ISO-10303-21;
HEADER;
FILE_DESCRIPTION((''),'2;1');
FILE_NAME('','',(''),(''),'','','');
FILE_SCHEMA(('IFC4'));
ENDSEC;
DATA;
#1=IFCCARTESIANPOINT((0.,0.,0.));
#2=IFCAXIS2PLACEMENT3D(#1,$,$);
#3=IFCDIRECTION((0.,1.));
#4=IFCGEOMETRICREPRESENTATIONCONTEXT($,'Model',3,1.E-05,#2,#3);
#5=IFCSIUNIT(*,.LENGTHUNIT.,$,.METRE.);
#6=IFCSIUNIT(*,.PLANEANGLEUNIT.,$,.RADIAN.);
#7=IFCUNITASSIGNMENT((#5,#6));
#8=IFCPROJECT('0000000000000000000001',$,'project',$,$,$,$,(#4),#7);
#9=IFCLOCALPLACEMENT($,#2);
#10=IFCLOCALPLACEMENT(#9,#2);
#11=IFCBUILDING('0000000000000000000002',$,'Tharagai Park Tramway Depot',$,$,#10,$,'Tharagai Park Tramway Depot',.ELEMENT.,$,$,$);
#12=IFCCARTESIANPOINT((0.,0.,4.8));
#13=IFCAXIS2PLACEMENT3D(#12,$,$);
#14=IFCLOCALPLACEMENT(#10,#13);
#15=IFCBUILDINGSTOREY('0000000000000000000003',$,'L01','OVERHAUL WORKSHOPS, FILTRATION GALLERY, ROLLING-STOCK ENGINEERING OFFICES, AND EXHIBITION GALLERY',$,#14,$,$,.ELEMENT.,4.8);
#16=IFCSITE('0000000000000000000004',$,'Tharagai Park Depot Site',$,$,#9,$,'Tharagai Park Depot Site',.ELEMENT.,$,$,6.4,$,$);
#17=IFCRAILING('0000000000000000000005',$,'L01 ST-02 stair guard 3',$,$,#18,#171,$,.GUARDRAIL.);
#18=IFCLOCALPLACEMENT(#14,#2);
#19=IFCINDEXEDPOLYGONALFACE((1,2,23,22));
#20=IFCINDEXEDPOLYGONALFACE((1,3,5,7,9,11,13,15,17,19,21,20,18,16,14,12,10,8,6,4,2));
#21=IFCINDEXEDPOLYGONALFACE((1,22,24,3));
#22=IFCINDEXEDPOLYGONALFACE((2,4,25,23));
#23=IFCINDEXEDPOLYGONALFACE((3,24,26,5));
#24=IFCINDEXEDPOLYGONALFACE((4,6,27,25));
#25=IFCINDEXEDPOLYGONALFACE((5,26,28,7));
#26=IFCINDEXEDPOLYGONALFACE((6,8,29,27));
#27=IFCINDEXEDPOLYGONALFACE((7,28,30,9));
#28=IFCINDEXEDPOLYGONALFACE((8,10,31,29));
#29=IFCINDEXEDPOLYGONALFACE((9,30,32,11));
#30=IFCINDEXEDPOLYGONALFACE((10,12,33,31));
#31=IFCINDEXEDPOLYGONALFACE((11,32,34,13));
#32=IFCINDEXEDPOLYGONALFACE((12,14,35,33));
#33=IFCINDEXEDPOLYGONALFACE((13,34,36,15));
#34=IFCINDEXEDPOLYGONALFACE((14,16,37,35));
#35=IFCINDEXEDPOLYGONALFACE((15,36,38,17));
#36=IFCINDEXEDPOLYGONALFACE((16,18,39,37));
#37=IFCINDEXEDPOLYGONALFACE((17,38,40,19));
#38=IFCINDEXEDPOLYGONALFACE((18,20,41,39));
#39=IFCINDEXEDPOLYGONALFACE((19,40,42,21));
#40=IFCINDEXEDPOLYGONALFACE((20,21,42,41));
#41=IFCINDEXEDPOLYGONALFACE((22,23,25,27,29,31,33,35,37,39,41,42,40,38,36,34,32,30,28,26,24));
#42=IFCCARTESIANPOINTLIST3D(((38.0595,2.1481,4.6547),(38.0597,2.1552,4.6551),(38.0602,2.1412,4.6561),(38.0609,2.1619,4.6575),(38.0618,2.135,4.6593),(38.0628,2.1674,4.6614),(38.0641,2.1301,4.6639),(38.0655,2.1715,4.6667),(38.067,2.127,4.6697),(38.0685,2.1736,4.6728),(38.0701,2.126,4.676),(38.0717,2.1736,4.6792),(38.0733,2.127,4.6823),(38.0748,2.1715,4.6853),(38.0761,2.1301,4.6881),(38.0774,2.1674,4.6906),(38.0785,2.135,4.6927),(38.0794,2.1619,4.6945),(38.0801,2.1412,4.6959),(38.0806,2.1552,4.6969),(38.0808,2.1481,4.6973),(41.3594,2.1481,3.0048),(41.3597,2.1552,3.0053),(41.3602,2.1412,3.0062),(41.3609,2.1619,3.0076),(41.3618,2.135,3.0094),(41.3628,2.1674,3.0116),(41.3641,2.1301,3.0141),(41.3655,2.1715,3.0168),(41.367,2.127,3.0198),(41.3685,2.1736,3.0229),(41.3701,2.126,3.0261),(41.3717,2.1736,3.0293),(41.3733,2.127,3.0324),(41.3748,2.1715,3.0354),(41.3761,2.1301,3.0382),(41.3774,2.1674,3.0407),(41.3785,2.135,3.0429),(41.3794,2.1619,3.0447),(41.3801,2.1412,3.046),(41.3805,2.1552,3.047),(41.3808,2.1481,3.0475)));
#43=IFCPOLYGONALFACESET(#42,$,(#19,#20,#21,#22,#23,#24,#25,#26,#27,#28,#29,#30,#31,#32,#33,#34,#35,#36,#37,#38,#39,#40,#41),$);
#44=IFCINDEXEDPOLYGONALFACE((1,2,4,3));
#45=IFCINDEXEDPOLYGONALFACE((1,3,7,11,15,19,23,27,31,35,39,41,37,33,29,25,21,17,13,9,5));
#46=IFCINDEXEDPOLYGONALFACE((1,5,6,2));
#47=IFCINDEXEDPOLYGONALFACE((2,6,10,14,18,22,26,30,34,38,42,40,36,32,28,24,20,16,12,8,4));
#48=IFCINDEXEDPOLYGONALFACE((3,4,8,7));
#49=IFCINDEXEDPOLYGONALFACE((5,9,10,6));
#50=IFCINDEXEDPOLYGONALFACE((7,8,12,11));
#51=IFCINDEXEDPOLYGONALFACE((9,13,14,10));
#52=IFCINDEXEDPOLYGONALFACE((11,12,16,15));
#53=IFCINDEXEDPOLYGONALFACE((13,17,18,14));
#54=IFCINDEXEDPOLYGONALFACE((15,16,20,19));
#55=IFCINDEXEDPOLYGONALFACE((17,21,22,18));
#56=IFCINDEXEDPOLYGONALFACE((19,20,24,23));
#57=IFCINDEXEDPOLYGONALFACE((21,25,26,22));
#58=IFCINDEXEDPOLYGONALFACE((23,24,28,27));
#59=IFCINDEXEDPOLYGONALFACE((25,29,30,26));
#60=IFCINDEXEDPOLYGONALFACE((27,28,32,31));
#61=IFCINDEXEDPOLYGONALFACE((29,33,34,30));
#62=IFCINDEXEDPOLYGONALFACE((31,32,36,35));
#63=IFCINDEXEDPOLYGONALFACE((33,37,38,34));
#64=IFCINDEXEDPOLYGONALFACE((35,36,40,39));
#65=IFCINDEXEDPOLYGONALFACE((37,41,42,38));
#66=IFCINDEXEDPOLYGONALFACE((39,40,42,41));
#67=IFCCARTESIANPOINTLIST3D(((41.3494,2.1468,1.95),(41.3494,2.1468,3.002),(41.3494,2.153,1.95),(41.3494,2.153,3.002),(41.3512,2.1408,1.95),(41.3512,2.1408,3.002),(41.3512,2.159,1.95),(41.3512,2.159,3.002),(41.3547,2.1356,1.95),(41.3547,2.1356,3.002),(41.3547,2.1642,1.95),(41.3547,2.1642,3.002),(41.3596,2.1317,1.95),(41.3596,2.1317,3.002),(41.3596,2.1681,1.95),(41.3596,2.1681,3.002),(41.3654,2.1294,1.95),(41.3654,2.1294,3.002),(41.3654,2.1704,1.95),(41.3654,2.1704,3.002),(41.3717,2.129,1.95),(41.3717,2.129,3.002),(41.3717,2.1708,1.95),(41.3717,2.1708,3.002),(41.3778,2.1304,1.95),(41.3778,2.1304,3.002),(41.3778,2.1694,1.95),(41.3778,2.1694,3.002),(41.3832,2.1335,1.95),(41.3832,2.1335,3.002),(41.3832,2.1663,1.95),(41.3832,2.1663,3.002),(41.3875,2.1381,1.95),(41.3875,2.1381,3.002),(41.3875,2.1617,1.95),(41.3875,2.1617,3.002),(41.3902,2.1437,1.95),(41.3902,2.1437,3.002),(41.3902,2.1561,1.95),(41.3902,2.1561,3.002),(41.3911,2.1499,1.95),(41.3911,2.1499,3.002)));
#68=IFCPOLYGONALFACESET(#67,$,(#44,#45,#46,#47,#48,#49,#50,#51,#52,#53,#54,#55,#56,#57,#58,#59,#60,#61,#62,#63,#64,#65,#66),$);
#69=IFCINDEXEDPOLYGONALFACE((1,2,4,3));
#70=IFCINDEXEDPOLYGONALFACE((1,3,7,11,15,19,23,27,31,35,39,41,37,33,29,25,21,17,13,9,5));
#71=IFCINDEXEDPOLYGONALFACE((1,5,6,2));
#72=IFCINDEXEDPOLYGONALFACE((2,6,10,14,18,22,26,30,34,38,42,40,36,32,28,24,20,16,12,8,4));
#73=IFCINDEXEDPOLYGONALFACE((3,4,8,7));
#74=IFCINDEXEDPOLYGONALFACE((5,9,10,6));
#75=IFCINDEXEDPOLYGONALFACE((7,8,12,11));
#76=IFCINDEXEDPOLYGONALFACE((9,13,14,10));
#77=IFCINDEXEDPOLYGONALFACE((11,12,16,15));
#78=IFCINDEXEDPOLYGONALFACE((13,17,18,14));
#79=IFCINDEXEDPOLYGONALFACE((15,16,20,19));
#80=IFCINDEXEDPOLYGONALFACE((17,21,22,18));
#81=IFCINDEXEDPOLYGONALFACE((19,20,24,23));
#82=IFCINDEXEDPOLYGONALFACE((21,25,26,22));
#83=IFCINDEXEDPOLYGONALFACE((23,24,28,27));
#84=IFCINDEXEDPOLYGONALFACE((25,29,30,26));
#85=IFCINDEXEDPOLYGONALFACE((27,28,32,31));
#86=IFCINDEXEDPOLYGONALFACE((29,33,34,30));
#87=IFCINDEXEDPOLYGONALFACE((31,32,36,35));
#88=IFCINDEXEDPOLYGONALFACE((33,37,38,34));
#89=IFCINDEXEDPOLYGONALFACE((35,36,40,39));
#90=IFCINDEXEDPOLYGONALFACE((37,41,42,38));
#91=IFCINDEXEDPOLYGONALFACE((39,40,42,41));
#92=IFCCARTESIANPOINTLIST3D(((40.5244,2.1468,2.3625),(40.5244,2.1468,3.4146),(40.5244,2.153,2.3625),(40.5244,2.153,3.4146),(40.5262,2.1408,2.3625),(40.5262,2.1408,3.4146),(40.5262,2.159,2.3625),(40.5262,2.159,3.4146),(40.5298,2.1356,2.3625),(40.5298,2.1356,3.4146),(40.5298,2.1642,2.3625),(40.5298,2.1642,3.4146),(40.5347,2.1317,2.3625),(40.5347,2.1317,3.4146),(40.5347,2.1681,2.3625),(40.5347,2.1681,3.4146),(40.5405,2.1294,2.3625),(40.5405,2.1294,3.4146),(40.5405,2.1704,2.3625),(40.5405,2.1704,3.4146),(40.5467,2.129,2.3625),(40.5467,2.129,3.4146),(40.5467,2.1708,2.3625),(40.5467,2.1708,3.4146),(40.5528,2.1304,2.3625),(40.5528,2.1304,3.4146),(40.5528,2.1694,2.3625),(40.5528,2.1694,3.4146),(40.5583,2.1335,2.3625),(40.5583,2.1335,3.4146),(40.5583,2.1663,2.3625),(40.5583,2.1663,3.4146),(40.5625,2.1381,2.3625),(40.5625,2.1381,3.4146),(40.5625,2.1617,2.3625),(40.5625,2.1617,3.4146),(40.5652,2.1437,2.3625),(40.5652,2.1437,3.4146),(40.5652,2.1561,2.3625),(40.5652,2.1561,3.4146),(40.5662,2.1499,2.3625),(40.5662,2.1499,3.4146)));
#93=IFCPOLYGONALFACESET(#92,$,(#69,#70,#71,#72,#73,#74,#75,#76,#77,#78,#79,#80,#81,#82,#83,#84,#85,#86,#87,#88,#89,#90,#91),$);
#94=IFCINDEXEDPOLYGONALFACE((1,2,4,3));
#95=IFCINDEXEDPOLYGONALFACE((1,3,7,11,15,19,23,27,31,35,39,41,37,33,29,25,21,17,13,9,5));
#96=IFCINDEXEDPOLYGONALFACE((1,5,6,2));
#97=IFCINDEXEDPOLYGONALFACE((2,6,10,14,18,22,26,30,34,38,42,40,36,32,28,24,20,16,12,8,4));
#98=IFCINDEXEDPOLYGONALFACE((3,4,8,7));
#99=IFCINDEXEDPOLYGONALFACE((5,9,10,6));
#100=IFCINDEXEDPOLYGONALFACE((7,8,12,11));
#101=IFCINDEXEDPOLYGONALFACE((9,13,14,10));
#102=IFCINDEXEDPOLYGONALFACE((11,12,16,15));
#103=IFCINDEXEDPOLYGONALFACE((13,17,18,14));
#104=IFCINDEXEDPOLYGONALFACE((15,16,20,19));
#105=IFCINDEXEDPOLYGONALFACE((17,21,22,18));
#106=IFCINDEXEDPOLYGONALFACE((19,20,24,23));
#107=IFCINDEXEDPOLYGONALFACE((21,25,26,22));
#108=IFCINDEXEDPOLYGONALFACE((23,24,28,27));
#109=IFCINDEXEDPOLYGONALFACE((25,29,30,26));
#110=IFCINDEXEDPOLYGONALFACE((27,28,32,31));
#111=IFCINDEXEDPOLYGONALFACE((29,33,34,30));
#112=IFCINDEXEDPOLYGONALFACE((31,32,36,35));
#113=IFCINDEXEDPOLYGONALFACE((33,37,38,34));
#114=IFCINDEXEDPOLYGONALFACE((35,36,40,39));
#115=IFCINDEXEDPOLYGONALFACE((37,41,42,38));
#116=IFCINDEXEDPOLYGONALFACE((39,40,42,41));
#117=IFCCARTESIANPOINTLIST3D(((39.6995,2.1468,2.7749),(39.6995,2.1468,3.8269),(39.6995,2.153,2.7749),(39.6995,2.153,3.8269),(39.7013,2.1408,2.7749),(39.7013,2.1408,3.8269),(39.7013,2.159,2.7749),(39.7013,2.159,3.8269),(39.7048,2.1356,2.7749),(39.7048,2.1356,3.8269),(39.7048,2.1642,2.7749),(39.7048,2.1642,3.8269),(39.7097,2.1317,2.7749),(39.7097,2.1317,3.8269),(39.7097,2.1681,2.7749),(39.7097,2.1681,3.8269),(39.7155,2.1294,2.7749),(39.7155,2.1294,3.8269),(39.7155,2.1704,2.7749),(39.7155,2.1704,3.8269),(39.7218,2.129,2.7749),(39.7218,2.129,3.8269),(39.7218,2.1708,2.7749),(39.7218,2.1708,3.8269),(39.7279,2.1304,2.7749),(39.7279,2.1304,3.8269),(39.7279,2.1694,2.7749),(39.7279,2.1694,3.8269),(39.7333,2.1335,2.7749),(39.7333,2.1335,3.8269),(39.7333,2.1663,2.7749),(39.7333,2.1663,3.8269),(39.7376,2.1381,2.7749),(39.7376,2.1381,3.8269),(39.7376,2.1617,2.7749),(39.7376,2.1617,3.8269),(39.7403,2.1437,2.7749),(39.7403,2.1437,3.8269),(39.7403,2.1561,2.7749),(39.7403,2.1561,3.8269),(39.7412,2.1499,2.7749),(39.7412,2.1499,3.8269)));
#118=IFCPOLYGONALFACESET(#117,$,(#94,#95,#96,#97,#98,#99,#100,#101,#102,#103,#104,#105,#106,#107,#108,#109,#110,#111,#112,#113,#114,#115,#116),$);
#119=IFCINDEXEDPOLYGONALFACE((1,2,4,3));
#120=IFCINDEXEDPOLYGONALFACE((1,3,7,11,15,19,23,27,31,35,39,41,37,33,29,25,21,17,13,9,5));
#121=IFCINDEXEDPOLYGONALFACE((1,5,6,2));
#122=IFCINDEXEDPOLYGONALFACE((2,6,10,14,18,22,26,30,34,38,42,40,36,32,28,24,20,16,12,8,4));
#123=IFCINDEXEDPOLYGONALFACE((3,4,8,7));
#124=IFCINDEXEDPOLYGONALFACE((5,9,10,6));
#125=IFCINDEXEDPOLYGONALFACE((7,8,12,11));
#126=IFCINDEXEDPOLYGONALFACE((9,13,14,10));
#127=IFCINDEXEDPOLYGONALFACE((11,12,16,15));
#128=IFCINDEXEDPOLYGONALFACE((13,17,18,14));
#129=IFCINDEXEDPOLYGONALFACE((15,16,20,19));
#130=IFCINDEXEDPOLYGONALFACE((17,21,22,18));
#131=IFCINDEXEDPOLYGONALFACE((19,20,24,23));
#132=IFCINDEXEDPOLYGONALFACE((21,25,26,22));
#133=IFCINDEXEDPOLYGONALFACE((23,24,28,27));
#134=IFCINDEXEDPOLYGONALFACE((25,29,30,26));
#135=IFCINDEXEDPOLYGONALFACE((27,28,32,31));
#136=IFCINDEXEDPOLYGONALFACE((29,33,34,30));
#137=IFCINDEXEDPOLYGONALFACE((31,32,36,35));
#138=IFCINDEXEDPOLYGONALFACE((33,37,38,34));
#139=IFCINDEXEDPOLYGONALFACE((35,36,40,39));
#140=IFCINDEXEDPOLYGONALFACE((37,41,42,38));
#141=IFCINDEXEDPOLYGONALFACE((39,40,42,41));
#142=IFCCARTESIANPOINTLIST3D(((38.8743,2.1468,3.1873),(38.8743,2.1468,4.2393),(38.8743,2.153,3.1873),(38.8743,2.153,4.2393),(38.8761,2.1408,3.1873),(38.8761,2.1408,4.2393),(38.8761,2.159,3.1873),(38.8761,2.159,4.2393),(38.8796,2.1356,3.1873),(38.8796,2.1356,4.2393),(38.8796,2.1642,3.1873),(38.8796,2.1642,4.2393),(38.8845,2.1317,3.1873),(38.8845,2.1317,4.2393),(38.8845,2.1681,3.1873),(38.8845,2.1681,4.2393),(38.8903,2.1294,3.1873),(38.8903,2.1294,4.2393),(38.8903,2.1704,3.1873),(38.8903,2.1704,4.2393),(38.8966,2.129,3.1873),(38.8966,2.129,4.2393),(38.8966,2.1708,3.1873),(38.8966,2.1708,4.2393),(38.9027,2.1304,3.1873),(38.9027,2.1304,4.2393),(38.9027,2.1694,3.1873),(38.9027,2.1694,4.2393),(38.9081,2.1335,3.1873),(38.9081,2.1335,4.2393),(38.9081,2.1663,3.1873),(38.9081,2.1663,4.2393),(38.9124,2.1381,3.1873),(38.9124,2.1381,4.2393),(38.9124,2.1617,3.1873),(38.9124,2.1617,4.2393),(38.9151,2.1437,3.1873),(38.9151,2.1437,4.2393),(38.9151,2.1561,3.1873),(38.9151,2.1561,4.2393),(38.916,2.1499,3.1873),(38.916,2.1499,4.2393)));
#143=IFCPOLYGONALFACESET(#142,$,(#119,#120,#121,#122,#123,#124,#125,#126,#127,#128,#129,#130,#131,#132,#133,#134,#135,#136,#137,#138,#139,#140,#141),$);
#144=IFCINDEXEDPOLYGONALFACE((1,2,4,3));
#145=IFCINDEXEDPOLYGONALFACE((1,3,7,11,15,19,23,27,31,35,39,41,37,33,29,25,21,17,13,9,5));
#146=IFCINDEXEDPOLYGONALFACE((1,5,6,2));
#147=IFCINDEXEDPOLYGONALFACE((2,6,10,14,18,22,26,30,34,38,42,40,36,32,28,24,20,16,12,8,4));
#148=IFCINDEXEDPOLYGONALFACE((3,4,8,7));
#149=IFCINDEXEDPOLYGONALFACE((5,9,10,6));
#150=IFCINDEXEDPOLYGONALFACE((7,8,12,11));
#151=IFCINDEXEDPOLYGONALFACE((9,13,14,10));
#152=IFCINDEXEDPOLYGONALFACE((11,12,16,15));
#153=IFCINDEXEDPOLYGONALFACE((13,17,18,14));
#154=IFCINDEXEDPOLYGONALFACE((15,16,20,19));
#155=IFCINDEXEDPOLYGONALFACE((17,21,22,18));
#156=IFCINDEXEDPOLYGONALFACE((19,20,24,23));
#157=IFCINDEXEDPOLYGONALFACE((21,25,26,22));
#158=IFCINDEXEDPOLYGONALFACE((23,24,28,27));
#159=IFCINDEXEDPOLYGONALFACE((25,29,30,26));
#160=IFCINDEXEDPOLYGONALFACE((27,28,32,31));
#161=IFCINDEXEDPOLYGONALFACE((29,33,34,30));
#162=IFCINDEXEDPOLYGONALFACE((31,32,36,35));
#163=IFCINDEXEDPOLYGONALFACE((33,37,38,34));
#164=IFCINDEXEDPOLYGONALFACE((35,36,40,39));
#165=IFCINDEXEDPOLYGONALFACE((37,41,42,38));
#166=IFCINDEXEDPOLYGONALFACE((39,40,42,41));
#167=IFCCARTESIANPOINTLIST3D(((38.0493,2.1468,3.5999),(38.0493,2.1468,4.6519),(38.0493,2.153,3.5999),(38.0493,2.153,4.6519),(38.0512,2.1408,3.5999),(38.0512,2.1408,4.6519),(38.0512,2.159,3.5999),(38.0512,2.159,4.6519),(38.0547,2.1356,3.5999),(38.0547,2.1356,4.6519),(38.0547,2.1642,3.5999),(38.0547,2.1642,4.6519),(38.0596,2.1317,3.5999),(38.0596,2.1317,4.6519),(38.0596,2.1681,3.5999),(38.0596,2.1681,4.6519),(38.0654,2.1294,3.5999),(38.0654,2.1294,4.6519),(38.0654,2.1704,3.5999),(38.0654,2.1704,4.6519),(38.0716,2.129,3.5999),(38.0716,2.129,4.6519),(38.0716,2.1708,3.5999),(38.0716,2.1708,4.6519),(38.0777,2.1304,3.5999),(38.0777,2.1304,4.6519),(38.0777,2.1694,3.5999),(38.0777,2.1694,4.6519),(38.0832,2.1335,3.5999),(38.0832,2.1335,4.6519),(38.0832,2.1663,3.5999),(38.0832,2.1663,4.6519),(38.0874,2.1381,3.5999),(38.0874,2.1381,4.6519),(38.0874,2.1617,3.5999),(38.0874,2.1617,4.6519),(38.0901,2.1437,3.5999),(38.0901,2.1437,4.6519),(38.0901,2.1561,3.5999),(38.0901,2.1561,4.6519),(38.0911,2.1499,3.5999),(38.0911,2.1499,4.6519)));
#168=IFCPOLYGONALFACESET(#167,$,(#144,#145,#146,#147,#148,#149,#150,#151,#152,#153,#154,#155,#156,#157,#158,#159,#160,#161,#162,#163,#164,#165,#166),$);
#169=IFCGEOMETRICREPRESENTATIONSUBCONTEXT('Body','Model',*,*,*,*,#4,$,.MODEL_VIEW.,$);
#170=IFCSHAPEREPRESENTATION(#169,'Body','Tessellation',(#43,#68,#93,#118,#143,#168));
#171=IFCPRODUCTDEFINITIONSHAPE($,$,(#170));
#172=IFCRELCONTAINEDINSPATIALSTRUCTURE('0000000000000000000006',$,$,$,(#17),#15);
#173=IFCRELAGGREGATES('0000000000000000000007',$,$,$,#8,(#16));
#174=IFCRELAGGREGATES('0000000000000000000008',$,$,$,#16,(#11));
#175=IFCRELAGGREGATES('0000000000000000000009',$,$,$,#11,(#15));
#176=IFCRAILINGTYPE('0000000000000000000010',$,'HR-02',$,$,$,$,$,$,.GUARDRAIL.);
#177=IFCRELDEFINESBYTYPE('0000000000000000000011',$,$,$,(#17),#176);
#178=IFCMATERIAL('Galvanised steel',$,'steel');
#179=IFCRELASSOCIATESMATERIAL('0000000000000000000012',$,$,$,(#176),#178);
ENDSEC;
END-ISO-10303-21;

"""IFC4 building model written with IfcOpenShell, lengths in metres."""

from ifc_helpers import new_model, si_unit, direction, frame, origin, origin_2d, place, context, subcontext, project, spatial, circle, extrude, material, type_object, element, save


model = new_model("IFC4")

# Units and contexts
model_context = context("Model", 3, precision=1e-05, world=origin(), true_north=direction((0.0, 1.0)))
body_context = subcontext(model_context, "Body", "Model", "MODEL_VIEW")
ifc_project = project(units=[si_unit("LENGTHUNIT", "METRE"), si_unit("PLANEANGLEUNIT", "RADIAN")], contexts=[model_context])

# Site, building, storey
site_placement = place(None, origin())
site = spatial("IfcSite", under=ifc_project, at=site_placement, Name="Tharagai Park Depot Site", LongName="Tharagai Park Depot Site", CompositionType="ELEMENT", RefElevation=6.4)
building_placement = place(site_placement, origin())
building = spatial("IfcBuilding", under=site, at=building_placement, Name="Tharagai Park Tramway Depot", LongName="Tharagai Park Tramway Depot", CompositionType="ELEMENT")
storey_placement = place(building_placement, frame((0.0, 0.0, 4.8)))
storey = spatial("IfcBuildingStorey", under=building, at=storey_placement, Name="L01", Description="OVERHAUL WORKSHOPS, FILTRATION GALLERY, ROLLING-STOCK ENGINEERING OFFICES, AND EXHIBITION GALLERY", CompositionType="ELEMENT", Elevation=4.8)

# Railing
ifc_material_1 = material(Name="Galvanised steel", Category="steel")
railing_type_1 = type_object("IfcRailingType", Name="HR-02", PredefinedType="GUARDRAIL", material=ifc_material_1)
railing_1_placement = place(storey_placement, frame((41.3701, 2.1499, 1.95)))
element("IfcRailing", 1, at=railing_1_placement, inside=storey, type_object=railing_type_1, Name="L01 ST-02 stair guard 3", PredefinedType="GUARDRAIL", context=body_context, shape_type="SweptSolid", body=[
    extrude(circle(Radius=0.0239, at=origin_2d()), frame((0.0, 0.0, 1.0762), z_axis=(-0.89444, 0.0, 0.447187), x_axis=(0.0, -1.0, 0.0)), (0.0, 0.0, 1.0), 3.6895),
    extrude(circle(Radius=0.021, at=origin_2d()), origin(), (0.0, 0.0, 1.0), 1.052),
    extrude(circle(Radius=0.021, at=origin_2d()), frame((-0.825, 0.0, 0.4126)), (0.0, 0.0, 1.0), 1.052),
    extrude(circle(Radius=0.021, at=origin_2d()), frame((-1.6499, 0.0, 0.825)), (0.0, 0.0, 1.0), 1.052),
    extrude(circle(Radius=0.021, at=origin_2d()), frame((-2.4751, 0.0, 1.2373)), (0.0, 0.0, 1.0), 1.052),
    extrude(circle(Radius=0.021, at=origin_2d()), frame((-3.3, 0.0, 1.6499)), (0.0, 0.0, 1.0), 1.052),
])

save(model, "model.ifc")
